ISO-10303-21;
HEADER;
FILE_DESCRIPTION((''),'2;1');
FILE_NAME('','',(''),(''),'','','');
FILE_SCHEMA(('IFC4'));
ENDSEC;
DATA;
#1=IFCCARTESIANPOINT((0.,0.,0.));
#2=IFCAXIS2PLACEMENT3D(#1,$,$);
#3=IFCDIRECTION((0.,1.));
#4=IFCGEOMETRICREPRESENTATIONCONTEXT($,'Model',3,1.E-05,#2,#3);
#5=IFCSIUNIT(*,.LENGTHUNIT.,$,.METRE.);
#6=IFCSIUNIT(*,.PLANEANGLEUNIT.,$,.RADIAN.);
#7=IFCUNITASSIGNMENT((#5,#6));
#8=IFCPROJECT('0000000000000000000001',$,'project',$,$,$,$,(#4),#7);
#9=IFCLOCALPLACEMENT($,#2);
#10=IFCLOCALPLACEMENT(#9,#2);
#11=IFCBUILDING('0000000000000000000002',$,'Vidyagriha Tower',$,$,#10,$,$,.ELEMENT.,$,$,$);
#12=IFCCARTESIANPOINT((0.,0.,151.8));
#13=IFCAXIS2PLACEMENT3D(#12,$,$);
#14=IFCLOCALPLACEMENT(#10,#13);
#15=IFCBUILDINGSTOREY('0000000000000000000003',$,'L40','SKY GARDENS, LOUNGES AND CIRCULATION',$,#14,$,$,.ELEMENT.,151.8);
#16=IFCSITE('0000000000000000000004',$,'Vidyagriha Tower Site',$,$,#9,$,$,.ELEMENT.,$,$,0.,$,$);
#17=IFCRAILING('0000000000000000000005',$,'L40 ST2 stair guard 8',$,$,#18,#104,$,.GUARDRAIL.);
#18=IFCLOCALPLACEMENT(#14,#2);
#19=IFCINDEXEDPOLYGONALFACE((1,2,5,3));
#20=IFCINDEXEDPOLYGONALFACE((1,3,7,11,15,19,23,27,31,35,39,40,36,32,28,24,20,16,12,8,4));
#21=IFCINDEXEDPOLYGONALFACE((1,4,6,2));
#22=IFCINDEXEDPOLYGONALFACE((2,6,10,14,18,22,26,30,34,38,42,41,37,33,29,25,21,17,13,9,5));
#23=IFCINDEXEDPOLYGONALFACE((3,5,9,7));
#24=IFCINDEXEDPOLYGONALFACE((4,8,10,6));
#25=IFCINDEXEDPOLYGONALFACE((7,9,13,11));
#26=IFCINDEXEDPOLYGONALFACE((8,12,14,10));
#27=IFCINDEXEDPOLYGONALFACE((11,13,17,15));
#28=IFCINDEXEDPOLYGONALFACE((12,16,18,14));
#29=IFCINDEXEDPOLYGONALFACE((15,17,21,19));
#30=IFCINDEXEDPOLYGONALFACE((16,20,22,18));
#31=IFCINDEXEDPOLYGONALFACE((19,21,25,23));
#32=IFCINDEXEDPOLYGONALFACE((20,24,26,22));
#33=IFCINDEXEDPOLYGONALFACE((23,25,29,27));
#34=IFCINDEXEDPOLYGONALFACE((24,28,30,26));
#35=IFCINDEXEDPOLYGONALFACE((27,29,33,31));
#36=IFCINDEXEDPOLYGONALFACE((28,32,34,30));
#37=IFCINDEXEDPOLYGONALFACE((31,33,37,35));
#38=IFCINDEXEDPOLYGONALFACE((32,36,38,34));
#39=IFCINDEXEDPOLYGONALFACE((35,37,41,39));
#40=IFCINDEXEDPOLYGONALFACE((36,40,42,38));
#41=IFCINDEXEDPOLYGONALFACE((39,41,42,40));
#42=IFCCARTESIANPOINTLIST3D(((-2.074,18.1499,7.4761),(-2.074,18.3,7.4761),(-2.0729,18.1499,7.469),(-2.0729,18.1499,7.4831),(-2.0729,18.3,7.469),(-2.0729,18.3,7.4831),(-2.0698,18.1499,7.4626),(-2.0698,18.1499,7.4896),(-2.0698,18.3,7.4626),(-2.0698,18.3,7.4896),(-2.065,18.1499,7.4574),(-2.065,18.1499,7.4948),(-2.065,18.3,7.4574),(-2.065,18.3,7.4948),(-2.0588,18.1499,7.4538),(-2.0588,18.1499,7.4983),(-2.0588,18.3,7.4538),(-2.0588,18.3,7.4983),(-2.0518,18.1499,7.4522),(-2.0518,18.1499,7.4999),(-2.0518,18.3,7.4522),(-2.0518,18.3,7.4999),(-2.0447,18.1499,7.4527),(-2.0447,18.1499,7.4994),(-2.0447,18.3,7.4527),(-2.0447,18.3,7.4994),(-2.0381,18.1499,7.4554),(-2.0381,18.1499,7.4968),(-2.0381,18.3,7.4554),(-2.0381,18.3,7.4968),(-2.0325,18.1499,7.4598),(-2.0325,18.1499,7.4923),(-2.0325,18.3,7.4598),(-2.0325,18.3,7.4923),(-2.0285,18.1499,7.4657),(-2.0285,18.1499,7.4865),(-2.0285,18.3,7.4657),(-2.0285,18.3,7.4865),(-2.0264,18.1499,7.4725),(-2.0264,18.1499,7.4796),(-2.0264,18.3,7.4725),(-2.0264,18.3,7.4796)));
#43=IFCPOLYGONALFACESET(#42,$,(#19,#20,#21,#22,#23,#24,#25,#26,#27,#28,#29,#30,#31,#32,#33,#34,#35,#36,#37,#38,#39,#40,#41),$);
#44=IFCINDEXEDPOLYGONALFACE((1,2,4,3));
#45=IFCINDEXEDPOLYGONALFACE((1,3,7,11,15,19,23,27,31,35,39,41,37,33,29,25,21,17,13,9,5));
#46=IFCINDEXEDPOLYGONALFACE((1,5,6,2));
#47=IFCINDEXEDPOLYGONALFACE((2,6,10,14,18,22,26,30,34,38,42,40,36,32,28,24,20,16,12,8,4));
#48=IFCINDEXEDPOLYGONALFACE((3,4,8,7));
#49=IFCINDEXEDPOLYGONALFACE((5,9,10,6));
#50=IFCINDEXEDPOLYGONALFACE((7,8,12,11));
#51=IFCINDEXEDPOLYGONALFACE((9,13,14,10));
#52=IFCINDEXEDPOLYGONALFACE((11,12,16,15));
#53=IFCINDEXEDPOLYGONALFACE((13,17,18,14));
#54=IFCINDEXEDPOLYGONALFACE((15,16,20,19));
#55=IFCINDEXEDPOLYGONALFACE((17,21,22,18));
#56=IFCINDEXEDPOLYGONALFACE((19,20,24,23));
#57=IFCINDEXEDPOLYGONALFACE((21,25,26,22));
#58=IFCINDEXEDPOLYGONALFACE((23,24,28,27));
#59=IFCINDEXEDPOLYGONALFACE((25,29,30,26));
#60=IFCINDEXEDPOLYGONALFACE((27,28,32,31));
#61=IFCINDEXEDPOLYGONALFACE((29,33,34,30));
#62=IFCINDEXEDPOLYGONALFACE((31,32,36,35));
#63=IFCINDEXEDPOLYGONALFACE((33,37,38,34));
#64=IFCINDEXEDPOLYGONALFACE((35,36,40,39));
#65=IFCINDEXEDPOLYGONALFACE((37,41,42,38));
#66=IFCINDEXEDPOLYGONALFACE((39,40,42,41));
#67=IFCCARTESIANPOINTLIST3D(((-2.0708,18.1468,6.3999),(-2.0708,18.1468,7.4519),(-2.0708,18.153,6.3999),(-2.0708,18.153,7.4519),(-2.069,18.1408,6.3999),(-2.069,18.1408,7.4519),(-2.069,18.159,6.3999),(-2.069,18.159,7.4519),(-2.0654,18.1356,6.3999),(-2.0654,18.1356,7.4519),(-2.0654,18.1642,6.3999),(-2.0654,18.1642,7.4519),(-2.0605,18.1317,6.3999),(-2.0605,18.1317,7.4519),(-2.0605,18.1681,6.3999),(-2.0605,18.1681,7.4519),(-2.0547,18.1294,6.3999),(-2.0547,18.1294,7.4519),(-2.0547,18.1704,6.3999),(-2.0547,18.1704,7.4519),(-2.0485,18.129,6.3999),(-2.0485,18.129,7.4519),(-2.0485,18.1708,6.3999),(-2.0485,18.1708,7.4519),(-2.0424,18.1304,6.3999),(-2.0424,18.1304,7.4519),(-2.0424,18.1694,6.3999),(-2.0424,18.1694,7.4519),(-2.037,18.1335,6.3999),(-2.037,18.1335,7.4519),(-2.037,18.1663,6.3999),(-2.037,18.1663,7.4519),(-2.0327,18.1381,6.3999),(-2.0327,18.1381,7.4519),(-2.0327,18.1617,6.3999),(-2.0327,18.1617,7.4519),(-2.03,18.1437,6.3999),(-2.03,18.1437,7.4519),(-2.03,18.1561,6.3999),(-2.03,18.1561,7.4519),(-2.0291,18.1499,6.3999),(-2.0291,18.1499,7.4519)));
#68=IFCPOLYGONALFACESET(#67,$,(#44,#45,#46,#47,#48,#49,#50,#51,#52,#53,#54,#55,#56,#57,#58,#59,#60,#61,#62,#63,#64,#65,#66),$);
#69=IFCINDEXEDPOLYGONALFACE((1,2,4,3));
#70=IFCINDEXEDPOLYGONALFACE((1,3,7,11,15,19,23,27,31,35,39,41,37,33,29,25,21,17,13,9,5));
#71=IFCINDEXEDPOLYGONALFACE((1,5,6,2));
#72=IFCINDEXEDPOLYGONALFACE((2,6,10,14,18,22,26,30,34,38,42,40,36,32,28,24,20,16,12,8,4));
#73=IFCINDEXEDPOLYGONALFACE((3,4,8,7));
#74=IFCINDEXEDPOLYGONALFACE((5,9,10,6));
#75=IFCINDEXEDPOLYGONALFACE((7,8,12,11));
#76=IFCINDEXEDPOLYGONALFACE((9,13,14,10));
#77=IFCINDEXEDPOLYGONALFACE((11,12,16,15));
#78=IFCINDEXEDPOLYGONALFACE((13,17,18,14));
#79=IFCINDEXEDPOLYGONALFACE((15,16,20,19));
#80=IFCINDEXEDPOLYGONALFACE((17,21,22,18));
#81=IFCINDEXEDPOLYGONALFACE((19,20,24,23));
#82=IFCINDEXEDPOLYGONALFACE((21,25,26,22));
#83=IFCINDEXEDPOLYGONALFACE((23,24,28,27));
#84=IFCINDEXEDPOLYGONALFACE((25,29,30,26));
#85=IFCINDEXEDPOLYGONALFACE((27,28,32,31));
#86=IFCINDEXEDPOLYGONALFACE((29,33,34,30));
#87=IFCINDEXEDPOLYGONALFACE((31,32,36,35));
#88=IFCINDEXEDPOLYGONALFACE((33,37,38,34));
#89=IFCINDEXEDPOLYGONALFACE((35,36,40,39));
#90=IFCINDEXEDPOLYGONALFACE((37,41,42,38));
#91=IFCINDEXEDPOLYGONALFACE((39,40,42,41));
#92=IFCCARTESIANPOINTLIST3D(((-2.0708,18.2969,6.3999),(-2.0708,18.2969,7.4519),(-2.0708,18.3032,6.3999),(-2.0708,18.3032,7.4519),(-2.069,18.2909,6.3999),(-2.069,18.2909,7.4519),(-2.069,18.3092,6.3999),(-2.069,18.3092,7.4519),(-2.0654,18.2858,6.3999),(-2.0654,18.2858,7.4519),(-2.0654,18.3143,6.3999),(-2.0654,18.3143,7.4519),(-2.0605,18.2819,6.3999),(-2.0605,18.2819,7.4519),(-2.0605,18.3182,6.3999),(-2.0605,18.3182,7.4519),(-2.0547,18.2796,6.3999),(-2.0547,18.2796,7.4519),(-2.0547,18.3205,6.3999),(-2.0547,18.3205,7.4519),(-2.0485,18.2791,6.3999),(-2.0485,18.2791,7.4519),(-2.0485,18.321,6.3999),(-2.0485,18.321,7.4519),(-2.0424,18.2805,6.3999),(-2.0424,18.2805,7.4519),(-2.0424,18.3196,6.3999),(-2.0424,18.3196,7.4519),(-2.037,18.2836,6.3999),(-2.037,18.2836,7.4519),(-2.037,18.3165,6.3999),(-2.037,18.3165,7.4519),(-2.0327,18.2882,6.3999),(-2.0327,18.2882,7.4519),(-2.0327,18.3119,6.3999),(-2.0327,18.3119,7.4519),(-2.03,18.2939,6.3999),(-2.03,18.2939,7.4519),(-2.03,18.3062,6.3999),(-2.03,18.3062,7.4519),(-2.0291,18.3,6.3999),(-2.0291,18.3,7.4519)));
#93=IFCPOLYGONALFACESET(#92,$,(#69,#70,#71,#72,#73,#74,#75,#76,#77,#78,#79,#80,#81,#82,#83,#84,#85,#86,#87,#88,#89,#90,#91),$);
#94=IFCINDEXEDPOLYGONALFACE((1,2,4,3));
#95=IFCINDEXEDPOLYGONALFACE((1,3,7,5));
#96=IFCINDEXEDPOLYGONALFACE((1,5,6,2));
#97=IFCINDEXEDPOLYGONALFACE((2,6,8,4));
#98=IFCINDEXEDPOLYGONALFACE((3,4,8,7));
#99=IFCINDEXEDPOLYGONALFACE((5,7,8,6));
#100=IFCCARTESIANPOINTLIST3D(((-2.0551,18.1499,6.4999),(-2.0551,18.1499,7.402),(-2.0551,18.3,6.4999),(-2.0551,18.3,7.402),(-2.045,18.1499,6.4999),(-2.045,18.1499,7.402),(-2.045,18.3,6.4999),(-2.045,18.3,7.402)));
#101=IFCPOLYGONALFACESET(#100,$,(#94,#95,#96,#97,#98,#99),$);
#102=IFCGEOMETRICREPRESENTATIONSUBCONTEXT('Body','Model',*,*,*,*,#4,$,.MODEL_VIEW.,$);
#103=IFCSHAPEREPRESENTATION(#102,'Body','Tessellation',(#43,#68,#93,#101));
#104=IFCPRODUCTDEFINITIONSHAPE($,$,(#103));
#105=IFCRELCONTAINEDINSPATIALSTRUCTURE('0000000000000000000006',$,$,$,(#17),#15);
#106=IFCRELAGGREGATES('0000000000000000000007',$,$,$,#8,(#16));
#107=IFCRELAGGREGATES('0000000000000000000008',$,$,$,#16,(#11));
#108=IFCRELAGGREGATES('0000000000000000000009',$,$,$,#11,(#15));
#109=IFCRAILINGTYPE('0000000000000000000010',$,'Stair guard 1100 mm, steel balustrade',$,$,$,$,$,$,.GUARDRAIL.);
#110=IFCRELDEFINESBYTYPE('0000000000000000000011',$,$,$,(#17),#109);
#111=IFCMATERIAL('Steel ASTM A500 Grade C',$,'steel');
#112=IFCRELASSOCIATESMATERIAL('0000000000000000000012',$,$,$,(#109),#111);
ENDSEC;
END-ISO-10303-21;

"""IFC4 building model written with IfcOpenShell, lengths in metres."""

from ifc_helpers import new_model, si_unit, direction, frame, origin, origin_2d, place, context, subcontext, project, spatial, rectangle, circle, extrude, material, type_object, element, save


model = new_model("IFC4")

# Units and contexts
model_context = context("Model", 3, precision=1e-05, world=origin(), true_north=direction((0.0, 1.0)))
body_context = subcontext(model_context, "Body", "Model", "MODEL_VIEW")
ifc_project = project(units=[si_unit("LENGTHUNIT", "METRE"), si_unit("PLANEANGLEUNIT", "RADIAN")], contexts=[model_context])

# Site, building, storey
site_placement = place(None, origin())
site = spatial("IfcSite", under=ifc_project, at=site_placement, Name="Vidyagriha Tower Site", CompositionType="ELEMENT", RefElevation=0.0)
building_placement = place(site_placement, origin())
building = spatial("IfcBuilding", under=site, at=building_placement, Name="Vidyagriha Tower", CompositionType="ELEMENT")
storey_placement = place(building_placement, frame((0.0, 0.0, 151.8)))
storey = spatial("IfcBuildingStorey", under=building, at=storey_placement, Name="L40", Description="SKY GARDENS, LOUNGES AND CIRCULATION", CompositionType="ELEMENT", Elevation=151.8)

# Railing
ifc_material_1 = material(Name="Steel ASTM A500 Grade C", Category="steel")
railing_type_1 = type_object("IfcRailingType", Name="Stair guard 1100 mm, steel balustrade", PredefinedType="GUARDRAIL", material=ifc_material_1)
railing_1_placement = place(storey_placement, frame((-2.05, 18.1499, 6.3999)))
element("IfcRailing", 1, at=railing_1_placement, inside=storey, type_object=railing_type_1, Name="L40 ST2 stair guard 8", PredefinedType="GUARDRAIL", context=body_context, shape_type="SweptSolid", body=[
    extrude(circle(Radius=0.0239, at=origin_2d()), frame((0.0, 0.0, 1.0762), z_axis=(0.0, 1.0, 0.0), x_axis=(-1.0, 0.0, 0.0)), (0.0, 0.0, 1.0), 0.1501),
    extrude(circle(Radius=0.021, at=origin_2d()), origin(), (0.0, 0.0, 1.0), 1.052),
    extrude(circle(Radius=0.021, at=origin_2d()), frame((0.0, 0.1501, 0.0)), (0.0, 0.0, 1.0), 1.052),
    extrude(rectangle(XDim=0.01, YDim=0.9021, at=origin_2d()), frame((0.0, 0.0, 0.551), z_axis=(0.0, 1.0, 0.0), x_axis=(-1.0, 0.0, 0.0)), (0.0, 0.0, 1.0), 0.1501),
])

save(model, "model.ifc")
